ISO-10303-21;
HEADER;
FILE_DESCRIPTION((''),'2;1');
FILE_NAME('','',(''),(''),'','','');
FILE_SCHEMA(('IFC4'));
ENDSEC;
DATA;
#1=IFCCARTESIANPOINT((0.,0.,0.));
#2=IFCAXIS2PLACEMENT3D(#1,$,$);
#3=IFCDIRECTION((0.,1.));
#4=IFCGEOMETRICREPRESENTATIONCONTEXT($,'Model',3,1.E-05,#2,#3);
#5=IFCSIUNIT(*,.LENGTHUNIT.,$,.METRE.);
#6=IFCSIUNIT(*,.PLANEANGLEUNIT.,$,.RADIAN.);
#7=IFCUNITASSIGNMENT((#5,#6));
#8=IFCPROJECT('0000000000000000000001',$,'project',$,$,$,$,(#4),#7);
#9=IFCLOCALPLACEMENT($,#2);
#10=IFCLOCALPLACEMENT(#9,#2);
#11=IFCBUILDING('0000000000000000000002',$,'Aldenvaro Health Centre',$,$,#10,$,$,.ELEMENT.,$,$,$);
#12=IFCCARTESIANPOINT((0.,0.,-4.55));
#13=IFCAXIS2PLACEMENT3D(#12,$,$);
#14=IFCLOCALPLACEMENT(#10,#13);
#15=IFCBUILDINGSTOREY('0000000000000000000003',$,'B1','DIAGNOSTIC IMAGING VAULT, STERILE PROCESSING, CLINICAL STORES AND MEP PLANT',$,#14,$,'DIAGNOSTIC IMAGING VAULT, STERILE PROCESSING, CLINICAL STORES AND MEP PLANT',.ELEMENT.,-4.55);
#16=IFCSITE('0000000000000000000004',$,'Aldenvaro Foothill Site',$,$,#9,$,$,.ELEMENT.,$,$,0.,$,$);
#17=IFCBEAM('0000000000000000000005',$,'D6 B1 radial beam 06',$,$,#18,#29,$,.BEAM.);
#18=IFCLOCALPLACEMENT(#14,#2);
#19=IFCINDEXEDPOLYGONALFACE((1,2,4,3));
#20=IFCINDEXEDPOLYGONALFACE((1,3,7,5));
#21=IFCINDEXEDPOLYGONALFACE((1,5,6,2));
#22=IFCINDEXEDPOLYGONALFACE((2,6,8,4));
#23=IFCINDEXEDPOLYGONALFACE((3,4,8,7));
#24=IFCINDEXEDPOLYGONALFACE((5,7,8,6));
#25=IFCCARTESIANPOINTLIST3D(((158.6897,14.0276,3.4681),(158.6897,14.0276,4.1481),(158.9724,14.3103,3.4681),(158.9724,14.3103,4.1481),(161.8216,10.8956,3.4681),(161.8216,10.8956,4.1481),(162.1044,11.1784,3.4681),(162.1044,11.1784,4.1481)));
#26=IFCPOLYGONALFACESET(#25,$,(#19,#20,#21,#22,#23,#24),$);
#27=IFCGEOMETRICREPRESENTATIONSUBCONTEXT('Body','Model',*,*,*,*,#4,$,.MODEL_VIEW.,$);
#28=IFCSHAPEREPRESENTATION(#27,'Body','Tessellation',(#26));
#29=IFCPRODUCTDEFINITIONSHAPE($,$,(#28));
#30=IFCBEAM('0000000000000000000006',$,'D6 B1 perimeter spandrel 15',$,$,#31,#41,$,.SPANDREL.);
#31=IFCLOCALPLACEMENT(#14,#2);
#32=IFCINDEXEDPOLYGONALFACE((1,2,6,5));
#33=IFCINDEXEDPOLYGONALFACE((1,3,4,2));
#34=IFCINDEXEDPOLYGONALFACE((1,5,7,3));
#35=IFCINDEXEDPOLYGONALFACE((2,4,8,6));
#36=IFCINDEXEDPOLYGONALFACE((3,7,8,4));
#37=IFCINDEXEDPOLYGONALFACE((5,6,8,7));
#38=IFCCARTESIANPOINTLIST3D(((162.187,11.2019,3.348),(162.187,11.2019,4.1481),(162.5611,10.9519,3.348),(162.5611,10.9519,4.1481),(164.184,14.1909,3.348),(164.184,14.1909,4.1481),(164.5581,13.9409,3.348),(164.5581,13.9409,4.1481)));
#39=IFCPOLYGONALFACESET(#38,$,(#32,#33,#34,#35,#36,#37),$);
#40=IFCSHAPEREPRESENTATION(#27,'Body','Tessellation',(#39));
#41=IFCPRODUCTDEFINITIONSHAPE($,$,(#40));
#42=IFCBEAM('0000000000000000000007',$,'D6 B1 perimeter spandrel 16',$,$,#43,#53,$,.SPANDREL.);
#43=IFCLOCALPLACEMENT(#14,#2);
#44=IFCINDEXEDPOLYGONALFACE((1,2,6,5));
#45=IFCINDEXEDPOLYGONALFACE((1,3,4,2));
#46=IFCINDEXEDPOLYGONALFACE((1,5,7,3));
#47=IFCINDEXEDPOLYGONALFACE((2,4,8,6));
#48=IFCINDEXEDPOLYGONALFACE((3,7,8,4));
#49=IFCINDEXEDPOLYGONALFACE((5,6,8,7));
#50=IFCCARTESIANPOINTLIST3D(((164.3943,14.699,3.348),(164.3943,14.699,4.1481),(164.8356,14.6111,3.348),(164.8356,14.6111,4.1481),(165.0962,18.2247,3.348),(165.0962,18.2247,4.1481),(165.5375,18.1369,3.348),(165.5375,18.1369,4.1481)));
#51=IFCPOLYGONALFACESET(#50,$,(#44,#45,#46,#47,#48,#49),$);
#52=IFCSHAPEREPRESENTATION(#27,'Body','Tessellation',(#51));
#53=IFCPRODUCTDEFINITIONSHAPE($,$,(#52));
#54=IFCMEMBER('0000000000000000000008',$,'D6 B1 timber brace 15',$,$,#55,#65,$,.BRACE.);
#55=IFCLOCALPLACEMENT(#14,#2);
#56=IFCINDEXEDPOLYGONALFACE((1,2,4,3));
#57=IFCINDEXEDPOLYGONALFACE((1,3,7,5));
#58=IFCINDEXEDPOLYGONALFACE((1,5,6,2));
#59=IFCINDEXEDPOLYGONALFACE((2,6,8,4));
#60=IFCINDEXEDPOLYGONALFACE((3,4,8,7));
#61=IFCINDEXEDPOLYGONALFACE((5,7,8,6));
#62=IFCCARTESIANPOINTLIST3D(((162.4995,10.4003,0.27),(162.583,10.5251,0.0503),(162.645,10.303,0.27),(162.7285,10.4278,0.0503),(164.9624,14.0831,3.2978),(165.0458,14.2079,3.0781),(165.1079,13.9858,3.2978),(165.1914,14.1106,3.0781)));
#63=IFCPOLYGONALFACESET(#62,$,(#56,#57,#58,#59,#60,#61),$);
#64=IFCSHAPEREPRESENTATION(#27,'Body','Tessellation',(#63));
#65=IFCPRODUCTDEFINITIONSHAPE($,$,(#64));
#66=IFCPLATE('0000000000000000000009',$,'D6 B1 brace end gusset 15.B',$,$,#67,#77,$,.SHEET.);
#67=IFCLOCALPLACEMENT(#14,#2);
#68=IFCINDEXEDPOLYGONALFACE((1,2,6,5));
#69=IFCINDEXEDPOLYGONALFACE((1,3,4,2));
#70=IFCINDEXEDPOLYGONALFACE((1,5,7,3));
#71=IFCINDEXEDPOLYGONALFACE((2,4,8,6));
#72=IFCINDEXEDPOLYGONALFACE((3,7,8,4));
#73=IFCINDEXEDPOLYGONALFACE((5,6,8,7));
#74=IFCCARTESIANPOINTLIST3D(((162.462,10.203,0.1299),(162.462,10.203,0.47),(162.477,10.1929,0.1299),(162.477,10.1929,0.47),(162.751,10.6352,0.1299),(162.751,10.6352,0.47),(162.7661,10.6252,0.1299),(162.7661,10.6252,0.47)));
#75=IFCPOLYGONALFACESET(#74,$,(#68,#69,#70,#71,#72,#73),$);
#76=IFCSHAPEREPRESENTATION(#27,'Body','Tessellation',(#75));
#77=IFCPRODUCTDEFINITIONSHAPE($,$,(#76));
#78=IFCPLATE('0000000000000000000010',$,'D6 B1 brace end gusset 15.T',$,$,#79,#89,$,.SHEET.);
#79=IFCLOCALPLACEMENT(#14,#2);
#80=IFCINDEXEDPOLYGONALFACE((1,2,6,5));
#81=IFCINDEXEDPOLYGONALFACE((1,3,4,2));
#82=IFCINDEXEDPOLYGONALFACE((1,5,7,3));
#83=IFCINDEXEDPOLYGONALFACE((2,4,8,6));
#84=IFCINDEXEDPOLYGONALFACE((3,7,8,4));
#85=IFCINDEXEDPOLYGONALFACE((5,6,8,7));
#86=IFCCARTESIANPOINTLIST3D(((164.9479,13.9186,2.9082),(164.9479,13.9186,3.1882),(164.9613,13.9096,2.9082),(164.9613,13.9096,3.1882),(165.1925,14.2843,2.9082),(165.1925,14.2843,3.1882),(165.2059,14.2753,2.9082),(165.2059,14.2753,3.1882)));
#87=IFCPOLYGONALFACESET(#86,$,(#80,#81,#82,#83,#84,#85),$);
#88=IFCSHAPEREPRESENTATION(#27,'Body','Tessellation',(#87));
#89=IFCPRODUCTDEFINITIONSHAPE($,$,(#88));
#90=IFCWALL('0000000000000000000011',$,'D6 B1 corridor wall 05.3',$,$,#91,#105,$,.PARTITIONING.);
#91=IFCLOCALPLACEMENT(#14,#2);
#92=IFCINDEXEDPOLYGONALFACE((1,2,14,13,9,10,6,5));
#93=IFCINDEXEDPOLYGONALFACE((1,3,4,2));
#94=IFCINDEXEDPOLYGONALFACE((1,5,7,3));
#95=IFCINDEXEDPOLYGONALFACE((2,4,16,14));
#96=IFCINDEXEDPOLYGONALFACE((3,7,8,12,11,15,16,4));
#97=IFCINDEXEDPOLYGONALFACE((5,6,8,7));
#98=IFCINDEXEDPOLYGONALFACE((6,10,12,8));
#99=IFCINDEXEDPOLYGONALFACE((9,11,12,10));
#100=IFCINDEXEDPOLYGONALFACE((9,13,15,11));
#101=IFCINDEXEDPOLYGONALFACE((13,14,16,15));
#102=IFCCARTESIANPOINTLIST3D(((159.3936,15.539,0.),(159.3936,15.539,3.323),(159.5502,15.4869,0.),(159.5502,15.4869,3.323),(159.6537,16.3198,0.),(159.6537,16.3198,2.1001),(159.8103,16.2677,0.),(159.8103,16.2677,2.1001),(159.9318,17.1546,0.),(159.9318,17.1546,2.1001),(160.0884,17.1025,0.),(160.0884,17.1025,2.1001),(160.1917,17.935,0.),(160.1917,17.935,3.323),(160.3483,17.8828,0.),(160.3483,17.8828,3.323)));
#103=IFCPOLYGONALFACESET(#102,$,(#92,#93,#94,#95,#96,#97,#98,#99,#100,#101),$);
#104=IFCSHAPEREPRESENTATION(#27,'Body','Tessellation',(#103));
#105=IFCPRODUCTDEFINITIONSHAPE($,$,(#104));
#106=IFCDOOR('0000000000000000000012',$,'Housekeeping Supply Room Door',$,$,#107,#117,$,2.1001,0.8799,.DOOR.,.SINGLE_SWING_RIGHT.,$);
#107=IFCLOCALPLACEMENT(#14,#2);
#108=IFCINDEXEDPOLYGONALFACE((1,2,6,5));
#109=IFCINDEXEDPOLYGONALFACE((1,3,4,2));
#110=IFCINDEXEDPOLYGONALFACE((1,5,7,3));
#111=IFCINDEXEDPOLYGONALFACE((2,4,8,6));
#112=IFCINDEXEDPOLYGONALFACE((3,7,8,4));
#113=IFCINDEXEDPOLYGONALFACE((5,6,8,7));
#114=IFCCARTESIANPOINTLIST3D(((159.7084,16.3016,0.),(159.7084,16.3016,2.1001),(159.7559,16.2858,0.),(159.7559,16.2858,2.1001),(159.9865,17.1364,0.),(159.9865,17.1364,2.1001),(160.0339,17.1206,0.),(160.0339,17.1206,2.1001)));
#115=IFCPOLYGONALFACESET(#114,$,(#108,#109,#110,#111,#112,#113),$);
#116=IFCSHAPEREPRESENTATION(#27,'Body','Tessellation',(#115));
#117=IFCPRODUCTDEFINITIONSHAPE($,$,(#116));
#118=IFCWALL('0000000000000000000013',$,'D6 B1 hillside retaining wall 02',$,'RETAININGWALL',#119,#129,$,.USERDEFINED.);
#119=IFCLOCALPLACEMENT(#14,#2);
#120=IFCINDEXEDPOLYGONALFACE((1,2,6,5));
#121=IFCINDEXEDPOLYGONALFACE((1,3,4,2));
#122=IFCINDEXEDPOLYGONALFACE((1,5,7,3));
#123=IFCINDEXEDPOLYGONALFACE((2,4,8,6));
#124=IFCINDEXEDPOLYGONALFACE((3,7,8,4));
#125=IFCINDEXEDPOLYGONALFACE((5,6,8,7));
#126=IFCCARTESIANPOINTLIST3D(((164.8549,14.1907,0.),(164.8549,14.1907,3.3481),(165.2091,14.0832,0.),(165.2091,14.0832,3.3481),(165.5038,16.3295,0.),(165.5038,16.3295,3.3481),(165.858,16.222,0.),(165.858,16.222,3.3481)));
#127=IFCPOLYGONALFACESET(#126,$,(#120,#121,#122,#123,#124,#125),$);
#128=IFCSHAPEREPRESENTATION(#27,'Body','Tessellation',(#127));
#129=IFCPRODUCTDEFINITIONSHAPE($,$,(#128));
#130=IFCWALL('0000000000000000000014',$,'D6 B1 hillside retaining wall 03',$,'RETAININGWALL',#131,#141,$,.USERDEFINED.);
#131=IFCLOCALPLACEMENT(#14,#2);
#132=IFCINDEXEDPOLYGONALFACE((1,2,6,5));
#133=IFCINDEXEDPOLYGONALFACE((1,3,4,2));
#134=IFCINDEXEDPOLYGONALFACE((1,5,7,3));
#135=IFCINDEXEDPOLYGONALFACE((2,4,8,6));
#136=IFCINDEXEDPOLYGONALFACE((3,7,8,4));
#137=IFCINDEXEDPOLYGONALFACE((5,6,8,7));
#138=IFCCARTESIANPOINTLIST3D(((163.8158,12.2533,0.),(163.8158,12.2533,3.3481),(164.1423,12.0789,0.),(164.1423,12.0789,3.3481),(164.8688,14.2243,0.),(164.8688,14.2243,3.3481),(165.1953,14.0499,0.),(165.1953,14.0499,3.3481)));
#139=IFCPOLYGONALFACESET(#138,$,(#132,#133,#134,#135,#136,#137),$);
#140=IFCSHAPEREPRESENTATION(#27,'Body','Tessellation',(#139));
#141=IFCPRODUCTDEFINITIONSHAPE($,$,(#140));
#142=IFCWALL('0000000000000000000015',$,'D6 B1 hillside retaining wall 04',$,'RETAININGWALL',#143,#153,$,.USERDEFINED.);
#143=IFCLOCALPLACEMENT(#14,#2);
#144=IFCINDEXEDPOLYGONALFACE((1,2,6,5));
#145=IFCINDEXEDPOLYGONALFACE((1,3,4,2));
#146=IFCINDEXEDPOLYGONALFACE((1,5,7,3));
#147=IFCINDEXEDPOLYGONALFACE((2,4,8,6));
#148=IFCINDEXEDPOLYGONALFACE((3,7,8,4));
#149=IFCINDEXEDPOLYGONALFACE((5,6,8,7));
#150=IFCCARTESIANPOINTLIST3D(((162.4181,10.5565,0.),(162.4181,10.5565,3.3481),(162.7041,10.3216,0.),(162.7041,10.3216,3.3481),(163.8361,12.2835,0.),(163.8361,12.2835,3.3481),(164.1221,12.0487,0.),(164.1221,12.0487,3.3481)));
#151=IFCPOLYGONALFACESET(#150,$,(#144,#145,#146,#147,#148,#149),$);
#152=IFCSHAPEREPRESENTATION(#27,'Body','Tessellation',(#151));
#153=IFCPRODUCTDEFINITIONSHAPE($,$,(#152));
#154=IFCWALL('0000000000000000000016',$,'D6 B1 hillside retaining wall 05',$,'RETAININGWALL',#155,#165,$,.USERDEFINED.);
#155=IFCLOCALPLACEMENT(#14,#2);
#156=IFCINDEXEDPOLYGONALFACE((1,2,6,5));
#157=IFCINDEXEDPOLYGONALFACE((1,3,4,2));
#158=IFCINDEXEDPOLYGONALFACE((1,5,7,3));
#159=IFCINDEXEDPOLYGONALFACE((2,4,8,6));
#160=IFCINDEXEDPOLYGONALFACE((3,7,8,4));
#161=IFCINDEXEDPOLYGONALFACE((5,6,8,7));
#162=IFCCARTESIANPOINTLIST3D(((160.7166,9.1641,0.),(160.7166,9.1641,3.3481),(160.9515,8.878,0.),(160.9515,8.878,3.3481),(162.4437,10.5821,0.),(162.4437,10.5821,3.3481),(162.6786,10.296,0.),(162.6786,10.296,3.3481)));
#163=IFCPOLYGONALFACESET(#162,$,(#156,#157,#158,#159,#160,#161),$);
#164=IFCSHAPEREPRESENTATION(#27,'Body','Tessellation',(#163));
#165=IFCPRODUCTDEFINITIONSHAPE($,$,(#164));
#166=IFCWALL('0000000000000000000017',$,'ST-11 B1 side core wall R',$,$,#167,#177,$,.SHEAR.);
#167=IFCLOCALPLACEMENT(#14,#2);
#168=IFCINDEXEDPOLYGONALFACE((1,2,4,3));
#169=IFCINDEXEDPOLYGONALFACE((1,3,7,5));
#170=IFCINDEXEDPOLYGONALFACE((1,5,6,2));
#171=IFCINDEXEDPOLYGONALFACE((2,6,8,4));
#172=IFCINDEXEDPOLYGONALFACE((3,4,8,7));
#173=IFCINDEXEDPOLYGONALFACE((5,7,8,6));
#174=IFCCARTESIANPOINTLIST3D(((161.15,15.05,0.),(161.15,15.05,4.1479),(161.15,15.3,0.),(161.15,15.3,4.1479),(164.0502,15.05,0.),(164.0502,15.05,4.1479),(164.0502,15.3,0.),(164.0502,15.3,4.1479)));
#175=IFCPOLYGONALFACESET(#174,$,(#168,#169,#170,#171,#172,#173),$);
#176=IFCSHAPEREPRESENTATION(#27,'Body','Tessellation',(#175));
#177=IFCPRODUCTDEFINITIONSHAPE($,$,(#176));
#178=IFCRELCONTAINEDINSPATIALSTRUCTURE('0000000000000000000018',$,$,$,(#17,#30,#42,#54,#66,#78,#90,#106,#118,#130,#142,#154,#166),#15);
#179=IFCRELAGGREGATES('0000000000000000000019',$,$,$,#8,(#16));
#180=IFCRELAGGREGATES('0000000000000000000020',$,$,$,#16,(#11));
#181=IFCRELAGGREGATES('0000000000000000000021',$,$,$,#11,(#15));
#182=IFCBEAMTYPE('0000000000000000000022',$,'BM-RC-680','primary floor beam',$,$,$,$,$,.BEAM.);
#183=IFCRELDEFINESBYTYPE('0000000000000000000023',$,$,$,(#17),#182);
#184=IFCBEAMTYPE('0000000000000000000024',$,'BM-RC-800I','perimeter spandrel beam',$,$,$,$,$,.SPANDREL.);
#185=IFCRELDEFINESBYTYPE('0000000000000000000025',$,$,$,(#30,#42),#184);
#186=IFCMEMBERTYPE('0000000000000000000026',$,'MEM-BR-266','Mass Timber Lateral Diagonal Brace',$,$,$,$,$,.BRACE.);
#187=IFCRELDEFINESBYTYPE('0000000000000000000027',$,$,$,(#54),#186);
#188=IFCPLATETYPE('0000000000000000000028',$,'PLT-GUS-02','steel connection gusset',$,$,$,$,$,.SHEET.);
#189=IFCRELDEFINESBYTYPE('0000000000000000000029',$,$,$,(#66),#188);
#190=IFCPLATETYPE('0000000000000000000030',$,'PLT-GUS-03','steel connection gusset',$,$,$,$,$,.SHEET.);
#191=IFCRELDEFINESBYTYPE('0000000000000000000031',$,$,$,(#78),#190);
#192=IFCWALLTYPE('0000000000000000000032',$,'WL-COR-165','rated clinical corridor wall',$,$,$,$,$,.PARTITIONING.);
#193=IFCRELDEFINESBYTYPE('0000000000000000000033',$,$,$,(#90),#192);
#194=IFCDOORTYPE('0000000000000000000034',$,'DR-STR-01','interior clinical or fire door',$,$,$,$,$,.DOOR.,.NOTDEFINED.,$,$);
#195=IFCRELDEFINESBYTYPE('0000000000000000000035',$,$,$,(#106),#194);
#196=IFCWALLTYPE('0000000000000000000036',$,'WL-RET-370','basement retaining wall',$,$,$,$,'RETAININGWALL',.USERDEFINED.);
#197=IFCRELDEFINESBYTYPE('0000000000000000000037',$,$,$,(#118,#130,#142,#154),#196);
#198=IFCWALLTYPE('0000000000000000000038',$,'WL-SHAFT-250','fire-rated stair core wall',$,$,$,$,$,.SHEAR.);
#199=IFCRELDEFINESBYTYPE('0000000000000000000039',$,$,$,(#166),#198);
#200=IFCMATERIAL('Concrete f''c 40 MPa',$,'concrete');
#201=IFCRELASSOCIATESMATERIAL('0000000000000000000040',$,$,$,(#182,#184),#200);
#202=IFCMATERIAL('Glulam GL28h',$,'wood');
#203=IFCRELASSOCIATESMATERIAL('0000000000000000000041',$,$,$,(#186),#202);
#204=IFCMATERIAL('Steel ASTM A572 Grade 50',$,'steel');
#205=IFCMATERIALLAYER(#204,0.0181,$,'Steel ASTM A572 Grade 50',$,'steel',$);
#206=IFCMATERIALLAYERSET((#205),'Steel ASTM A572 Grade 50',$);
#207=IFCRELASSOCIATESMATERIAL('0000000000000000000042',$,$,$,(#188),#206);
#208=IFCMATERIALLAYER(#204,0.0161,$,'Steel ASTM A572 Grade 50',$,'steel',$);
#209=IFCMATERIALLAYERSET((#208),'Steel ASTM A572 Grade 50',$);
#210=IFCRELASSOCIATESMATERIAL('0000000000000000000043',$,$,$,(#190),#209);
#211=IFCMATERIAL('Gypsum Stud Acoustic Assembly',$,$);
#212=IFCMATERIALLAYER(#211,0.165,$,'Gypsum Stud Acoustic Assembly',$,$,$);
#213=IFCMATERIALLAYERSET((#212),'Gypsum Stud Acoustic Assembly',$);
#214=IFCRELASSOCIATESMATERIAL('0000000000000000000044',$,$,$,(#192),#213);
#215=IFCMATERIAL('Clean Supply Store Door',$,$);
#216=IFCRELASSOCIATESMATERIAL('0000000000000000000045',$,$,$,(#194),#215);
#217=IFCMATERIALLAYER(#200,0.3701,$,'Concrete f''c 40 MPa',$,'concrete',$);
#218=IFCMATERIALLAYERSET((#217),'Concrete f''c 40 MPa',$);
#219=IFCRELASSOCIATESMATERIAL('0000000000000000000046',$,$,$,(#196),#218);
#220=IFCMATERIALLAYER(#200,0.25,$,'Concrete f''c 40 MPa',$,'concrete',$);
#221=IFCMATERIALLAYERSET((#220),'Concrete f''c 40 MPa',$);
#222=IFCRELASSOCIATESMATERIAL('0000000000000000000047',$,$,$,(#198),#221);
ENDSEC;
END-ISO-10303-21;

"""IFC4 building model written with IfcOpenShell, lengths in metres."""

from ifc_helpers import new_model, si_unit, direction, frame, frame_2d, origin, origin_2d, place, context, subcontext, project, spatial, rectangle, extrude, material, layer, layer_set, material_profile, profile_set, type_object, element, fill, save


model = new_model("IFC4")

# Units and contexts
model_context = context("Model", 3, precision=1e-05, world=origin(), true_north=direction((0.0, 1.0)))
body_context = subcontext(model_context, "Body", "Model", "MODEL_VIEW")
ifc_project = project(units=[si_unit("LENGTHUNIT", "METRE"), si_unit("PLANEANGLEUNIT", "RADIAN")], contexts=[model_context])

# Site, building, storey
site_placement = place(None, origin())
site = spatial("IfcSite", under=ifc_project, at=site_placement, Name="Aldenvaro Foothill Site", CompositionType="ELEMENT", RefElevation=0.0)
building_placement = place(site_placement, origin())
building = spatial("IfcBuilding", under=site, at=building_placement, Name="Aldenvaro Health Centre", CompositionType="ELEMENT")
storey_placement = place(building_placement, frame((0.0, 0.0, -4.55)))
storey = spatial("IfcBuildingStorey", under=building, at=storey_placement, Name="B1", Description="DIAGNOSTIC IMAGING VAULT, STERILE PROCESSING, CLINICAL STORES AND MEP PLANT", LongName="DIAGNOSTIC IMAGING VAULT, STERILE PROCESSING, CLINICAL STORES AND MEP PLANT", CompositionType="ELEMENT", Elevation=-4.55)

# Shared definitions
ifc_material_1 = material(Name="Concrete f'c 40 MPa", Category="concrete")

# Beams
ifc_material_profile_1 = material_profile(ifc_material_1, rectangle(XDim=0.3999, YDim=0.6799, at=origin_2d()), Name="RC 400x680", Category="concrete")
ifc_profile_set_1 = profile_set([ifc_material_profile_1], Name="Concrete f'c 40 MPa")
beam_type_1 = type_object("IfcBeamType", Name="BM-RC-680", Description="primary floor beam", PredefinedType="BEAM", material=ifc_profile_set_1)
beam_1_placement = place(storey_placement, frame((158.8311, 14.1689, 3.8081), z_axis=(0.707107, -0.707107, 0.0), x_axis=(0.707107, 0.707107, 0.0)))
element("IfcBeam", 1, at=beam_1_placement, inside=storey, type_object=beam_type_1, Name="D6 B1 radial beam 06", PredefinedType="BEAM", context=body_context, shape_type="SweptSolid", body=[
    extrude(rectangle(XDim=0.3999, YDim=0.6799, at=origin_2d()), origin(), (0.0, 0.0, 1.0), 4.4292),
])
ifc_material_profile_2 = material_profile(ifc_material_1, rectangle(XDim=0.45, YDim=0.8, at=origin_2d()), Name="RC 450x800", Category="concrete")
ifc_profile_set_2 = profile_set([ifc_material_profile_2], Name="Concrete f'c 40 MPa")
beam_type_2 = type_object("IfcBeamType", Name="BM-RC-800I", Description="perimeter spandrel beam", PredefinedType="SPANDREL", material=ifc_profile_set_2)
beam_2_placement = place(storey_placement, frame((162.374, 11.0769, 3.748), z_axis=(0.555546, 0.831486, 0.0), x_axis=(-0.831486, 0.555546, 0.0)))
element("IfcBeam", 2, at=beam_2_placement, inside=storey, type_object=beam_type_2, Name="D6 B1 perimeter spandrel 15", PredefinedType="SPANDREL", context=body_context, shape_type="SweptSolid", body=[
    extrude(rectangle(XDim=0.45, YDim=0.8, at=origin_2d()), origin(), (0.0, 0.0, 1.0), 3.5947),
])
beam_3_placement = place(storey_placement, frame((164.615, 14.655, 3.748), z_axis=(0.195241, 0.980755, 0.0), x_axis=(-0.980755, 0.195241, 0.0)))
element("IfcBeam", 3, at=beam_3_placement, inside=storey, type_object=beam_type_2, Name="D6 B1 perimeter spandrel 16", PredefinedType="SPANDREL", context=body_context, shape_type="SweptSolid", body=[
    extrude(rectangle(XDim=0.45, YDim=0.8, at=origin_2d()), origin(), (0.0, 0.0, 1.0), 3.595),
])

# Member
ifc_material_2 = material(Name="Glulam GL28h", Category="wood")
ifc_material_profile_3 = material_profile(ifc_material_2, rectangle(XDim=0.175, YDim=0.2661, at=origin_2d()), Name="GL 175x266", Category="wood")
ifc_profile_set_3 = profile_set([ifc_material_profile_3], Name="Glulam GL28h")
member_type = type_object("IfcMemberType", Name="MEM-BR-266", Description="Mass Timber Lateral Diagonal Brace", PredefinedType="BRACE", material=ifc_profile_set_3)
member_placement = place(storey_placement, frame((162.614, 10.4141, 0.1602), z_axis=(0.458956, 0.686296, 0.564232), x_axis=(-0.831253, 0.555895, 0.0)))
element("IfcMember", 4, at=member_placement, inside=storey, type_object=member_type, Name="D6 B1 timber brace 15", PredefinedType="BRACE", context=body_context, shape_type="SweptSolid", body=[
    extrude(rectangle(XDim=0.175, YDim=0.2661, at=origin_2d()), origin(), (0.0, 0.0, 1.0), 5.3662),
])

# Plates
ifc_material_3 = material(Name="Steel ASTM A572 Grade 50", Category="steel")
ifc_layer_1 = layer(ifc_material_3, 0.0181, Name="Steel ASTM A572 Grade 50", Category="steel")
ifc_layer_set_1 = layer_set([ifc_layer_1], Name="Steel ASTM A572 Grade 50")
plate_type_1 = type_object("IfcPlateType", Name="PLT-GUS-02", Description="steel connection gusset", PredefinedType="SHEET", material=ifc_layer_set_1)
plate_1_placement = place(storey_placement, frame((162.614, 10.4141, 0.1299), z_axis=(0.0, 0.0, 1.0), x_axis=(0.555904, 0.831247, 0.0)))
element("IfcPlate", 5, at=plate_1_placement, inside=storey, type_object=plate_type_1, Name="D6 B1 brace end gusset 15.B", PredefinedType="SHEET", context=body_context, shape_type="SweptSolid", body=[
    extrude(rectangle(XDim=0.52, YDim=0.0181, at=origin_2d()), origin(), (0.0, 0.0, 1.0), 0.3401),
])
ifc_layer_2 = layer(ifc_material_3, 0.0161, Name="Steel ASTM A572 Grade 50", Category="steel")
ifc_layer_set_2 = layer_set([ifc_layer_2], Name="Steel ASTM A572 Grade 50")
plate_type_2 = type_object("IfcPlateType", Name="PLT-GUS-03", Description="steel connection gusset", PredefinedType="SHEET", material=ifc_layer_set_2)
plate_2_placement = place(storey_placement, frame((165.0769, 14.0969, 2.9082), z_axis=(0.0, 0.0, 1.0), x_axis=(0.555904, 0.831247, 0.0)))
element("IfcPlate", 6, at=plate_2_placement, inside=storey, type_object=plate_type_2, Name="D6 B1 brace end gusset 15.T", PredefinedType="SHEET", context=body_context, shape_type="SweptSolid", body=[
    extrude(rectangle(XDim=0.4399, YDim=0.0161, at=origin_2d()), origin(), (0.0, 0.0, 1.0), 0.28),
])

# Wall, opening, door
ifc_material_4 = material(Name="Gypsum Stud Acoustic Assembly")
ifc_layer_3 = layer(ifc_material_4, 0.165, Name="Gypsum Stud Acoustic Assembly")
ifc_layer_set_3 = layer_set([ifc_layer_3], Name="Gypsum Stud Acoustic Assembly")
wall_type_1 = type_object("IfcWallType", Name="WL-COR-165", Description="rated clinical corridor wall", PredefinedType="PARTITIONING", material=ifc_layer_set_3)
wall_1_placement = place(storey_placement, frame((159.4719, 15.5129, 0.0), z_axis=(0.0, 0.0, 1.0), x_axis=(0.316025, 0.948751, 0.0)))
wall_1 = element("IfcWall", 7, at=wall_1_placement, inside=storey, type_object=wall_type_1, Name="D6 B1 corridor wall 05.3", PredefinedType="PARTITIONING", context=body_context, shape_type="SweptSolid", body=[
    extrude(rectangle(XDim=2.5254, YDim=0.165, at=frame_2d((1.2627, 0.0))), origin(), (0.0, 0.0, 1.0), 3.323),
])
opening_placement = place(wall_1_placement, frame((0.823, 0.0, 0.0)))
opening = element("IfcOpeningElement", 8, at=opening_placement, cuts=wall_1, PredefinedType="OPENING", context=body_context, shape_type="SweptSolid", body=[
    extrude(rectangle(XDim=0.8799, YDim=2.1001, at=frame_2d((0.4399, 1.05))), frame((0.0, 0.0925, 0.0), z_axis=(0.0, -1.0, 0.0), x_axis=(1.0, 0.0, 0.0)), (0.0, 0.0, 1.0), 0.1851),
])
ifc_material_5 = material(Name="Clean Supply Store Door")
door_type = type_object("IfcDoorType", Name="DR-STR-01", Description="interior clinical or fire door", OperationType="NOTDEFINED", PredefinedType="DOOR", material=ifc_material_5)
door_placement = place(opening_placement, origin())
door = element("IfcDoor", 9, at=door_placement, inside=storey, type_object=door_type, Name="Housekeeping Supply Room Door", OperationType="SINGLE_SWING_RIGHT", OverallHeight=2.1001, OverallWidth=0.8799, PredefinedType="DOOR", context=body_context, shape_type="SweptSolid", body=[
    extrude(rectangle(XDim=0.8799, YDim=2.1001, at=frame_2d((0.4399, 1.05))), frame((0.0, 0.0249, 0.0), z_axis=(0.0, -1.0, 0.0), x_axis=(1.0, 0.0, 0.0)), (0.0, 0.0, 1.0), 0.05),
])
fill(opening, door)

# Walls
ifc_layer_4 = layer(ifc_material_1, 0.3701, Name="Concrete f'c 40 MPa", Category="concrete")
ifc_layer_set_4 = layer_set([ifc_layer_4], Name="Concrete f'c 40 MPa")
wall_type_2 = type_object("IfcWallType", Name="WL-RET-370", Description="basement retaining wall", ElementType="RETAININGWALL", PredefinedType="USERDEFINED", material=ifc_layer_set_4)
wall_2_placement = place(storey_placement, frame((165.6809, 16.2759, 0.0), z_axis=(0.0, 0.0, 1.0), x_axis=(-0.290323, -0.956929, 0.0)))
element("IfcWall", 10, at=wall_2_placement, inside=storey, type_object=wall_type_2, Name="D6 B1 hillside retaining wall 02", ObjectType="RETAININGWALL", PredefinedType="USERDEFINED", context=body_context, shape_type="SweptSolid", body=[
    extrude(rectangle(XDim=2.2351, YDim=0.3701, at=frame_2d((1.1177, 0.0))), origin(), (0.0, 0.0, 1.0), 3.3481),
])
for number, where, z_axis, x_axis, name in (
    (11, (165.032, 14.137, 0.0), (0.0, 0.0, 1.0), (-0.471218, -0.882017, 0.0), "D6 B1 hillside retaining wall 03"),
    (12, (163.979, 12.166, 0.0), (0.0, 0.0, 1.0), (-0.634558, -0.772876, 0.0), "D6 B1 hillside retaining wall 04"),
    (13, (162.561, 10.439, 0.0), (0.0, 0.0, 1.0), (-0.772876, -0.634558, 0.0), "D6 B1 hillside retaining wall 05"),
):
    element("IfcWall", number, at=place(storey_placement, frame(where, z_axis=z_axis, x_axis=x_axis)), inside=storey, type_object=wall_type_2, Name=name, ObjectType="RETAININGWALL", PredefinedType="USERDEFINED", context=body_context, shape_type="SweptSolid", body=[
        extrude(rectangle(XDim=2.2346, YDim=0.3701, at=frame_2d((1.1172, 0.0))), origin(), (0.0, 0.0, 1.0), 3.3481),
    ])
ifc_layer_5 = layer(ifc_material_1, 0.25, Name="Concrete f'c 40 MPa", Category="concrete")
ifc_layer_set_5 = layer_set([ifc_layer_5], Name="Concrete f'c 40 MPa")
wall_type_3 = type_object("IfcWallType", Name="WL-SHAFT-250", Description="fire-rated stair core wall", PredefinedType="SHEAR", material=ifc_layer_set_5)
wall_3_placement = place(storey_placement, frame((161.1499, 15.175, 0.0), z_axis=(0.0, 0.0, 1.0), x_axis=(1.0, 0.0, 0.0)))
element("IfcWall", 14, at=wall_3_placement, inside=storey, type_object=wall_type_3, Name="ST-11 B1 side core wall R", PredefinedType="SHEAR", context=body_context, shape_type="SweptSolid", body=[
    extrude(rectangle(XDim=2.9001, YDim=0.25, at=frame_2d((1.4502, 0.0))), origin(), (0.0, 0.0, 1.0), 4.1479),
])

save(model, "model.ifc")
